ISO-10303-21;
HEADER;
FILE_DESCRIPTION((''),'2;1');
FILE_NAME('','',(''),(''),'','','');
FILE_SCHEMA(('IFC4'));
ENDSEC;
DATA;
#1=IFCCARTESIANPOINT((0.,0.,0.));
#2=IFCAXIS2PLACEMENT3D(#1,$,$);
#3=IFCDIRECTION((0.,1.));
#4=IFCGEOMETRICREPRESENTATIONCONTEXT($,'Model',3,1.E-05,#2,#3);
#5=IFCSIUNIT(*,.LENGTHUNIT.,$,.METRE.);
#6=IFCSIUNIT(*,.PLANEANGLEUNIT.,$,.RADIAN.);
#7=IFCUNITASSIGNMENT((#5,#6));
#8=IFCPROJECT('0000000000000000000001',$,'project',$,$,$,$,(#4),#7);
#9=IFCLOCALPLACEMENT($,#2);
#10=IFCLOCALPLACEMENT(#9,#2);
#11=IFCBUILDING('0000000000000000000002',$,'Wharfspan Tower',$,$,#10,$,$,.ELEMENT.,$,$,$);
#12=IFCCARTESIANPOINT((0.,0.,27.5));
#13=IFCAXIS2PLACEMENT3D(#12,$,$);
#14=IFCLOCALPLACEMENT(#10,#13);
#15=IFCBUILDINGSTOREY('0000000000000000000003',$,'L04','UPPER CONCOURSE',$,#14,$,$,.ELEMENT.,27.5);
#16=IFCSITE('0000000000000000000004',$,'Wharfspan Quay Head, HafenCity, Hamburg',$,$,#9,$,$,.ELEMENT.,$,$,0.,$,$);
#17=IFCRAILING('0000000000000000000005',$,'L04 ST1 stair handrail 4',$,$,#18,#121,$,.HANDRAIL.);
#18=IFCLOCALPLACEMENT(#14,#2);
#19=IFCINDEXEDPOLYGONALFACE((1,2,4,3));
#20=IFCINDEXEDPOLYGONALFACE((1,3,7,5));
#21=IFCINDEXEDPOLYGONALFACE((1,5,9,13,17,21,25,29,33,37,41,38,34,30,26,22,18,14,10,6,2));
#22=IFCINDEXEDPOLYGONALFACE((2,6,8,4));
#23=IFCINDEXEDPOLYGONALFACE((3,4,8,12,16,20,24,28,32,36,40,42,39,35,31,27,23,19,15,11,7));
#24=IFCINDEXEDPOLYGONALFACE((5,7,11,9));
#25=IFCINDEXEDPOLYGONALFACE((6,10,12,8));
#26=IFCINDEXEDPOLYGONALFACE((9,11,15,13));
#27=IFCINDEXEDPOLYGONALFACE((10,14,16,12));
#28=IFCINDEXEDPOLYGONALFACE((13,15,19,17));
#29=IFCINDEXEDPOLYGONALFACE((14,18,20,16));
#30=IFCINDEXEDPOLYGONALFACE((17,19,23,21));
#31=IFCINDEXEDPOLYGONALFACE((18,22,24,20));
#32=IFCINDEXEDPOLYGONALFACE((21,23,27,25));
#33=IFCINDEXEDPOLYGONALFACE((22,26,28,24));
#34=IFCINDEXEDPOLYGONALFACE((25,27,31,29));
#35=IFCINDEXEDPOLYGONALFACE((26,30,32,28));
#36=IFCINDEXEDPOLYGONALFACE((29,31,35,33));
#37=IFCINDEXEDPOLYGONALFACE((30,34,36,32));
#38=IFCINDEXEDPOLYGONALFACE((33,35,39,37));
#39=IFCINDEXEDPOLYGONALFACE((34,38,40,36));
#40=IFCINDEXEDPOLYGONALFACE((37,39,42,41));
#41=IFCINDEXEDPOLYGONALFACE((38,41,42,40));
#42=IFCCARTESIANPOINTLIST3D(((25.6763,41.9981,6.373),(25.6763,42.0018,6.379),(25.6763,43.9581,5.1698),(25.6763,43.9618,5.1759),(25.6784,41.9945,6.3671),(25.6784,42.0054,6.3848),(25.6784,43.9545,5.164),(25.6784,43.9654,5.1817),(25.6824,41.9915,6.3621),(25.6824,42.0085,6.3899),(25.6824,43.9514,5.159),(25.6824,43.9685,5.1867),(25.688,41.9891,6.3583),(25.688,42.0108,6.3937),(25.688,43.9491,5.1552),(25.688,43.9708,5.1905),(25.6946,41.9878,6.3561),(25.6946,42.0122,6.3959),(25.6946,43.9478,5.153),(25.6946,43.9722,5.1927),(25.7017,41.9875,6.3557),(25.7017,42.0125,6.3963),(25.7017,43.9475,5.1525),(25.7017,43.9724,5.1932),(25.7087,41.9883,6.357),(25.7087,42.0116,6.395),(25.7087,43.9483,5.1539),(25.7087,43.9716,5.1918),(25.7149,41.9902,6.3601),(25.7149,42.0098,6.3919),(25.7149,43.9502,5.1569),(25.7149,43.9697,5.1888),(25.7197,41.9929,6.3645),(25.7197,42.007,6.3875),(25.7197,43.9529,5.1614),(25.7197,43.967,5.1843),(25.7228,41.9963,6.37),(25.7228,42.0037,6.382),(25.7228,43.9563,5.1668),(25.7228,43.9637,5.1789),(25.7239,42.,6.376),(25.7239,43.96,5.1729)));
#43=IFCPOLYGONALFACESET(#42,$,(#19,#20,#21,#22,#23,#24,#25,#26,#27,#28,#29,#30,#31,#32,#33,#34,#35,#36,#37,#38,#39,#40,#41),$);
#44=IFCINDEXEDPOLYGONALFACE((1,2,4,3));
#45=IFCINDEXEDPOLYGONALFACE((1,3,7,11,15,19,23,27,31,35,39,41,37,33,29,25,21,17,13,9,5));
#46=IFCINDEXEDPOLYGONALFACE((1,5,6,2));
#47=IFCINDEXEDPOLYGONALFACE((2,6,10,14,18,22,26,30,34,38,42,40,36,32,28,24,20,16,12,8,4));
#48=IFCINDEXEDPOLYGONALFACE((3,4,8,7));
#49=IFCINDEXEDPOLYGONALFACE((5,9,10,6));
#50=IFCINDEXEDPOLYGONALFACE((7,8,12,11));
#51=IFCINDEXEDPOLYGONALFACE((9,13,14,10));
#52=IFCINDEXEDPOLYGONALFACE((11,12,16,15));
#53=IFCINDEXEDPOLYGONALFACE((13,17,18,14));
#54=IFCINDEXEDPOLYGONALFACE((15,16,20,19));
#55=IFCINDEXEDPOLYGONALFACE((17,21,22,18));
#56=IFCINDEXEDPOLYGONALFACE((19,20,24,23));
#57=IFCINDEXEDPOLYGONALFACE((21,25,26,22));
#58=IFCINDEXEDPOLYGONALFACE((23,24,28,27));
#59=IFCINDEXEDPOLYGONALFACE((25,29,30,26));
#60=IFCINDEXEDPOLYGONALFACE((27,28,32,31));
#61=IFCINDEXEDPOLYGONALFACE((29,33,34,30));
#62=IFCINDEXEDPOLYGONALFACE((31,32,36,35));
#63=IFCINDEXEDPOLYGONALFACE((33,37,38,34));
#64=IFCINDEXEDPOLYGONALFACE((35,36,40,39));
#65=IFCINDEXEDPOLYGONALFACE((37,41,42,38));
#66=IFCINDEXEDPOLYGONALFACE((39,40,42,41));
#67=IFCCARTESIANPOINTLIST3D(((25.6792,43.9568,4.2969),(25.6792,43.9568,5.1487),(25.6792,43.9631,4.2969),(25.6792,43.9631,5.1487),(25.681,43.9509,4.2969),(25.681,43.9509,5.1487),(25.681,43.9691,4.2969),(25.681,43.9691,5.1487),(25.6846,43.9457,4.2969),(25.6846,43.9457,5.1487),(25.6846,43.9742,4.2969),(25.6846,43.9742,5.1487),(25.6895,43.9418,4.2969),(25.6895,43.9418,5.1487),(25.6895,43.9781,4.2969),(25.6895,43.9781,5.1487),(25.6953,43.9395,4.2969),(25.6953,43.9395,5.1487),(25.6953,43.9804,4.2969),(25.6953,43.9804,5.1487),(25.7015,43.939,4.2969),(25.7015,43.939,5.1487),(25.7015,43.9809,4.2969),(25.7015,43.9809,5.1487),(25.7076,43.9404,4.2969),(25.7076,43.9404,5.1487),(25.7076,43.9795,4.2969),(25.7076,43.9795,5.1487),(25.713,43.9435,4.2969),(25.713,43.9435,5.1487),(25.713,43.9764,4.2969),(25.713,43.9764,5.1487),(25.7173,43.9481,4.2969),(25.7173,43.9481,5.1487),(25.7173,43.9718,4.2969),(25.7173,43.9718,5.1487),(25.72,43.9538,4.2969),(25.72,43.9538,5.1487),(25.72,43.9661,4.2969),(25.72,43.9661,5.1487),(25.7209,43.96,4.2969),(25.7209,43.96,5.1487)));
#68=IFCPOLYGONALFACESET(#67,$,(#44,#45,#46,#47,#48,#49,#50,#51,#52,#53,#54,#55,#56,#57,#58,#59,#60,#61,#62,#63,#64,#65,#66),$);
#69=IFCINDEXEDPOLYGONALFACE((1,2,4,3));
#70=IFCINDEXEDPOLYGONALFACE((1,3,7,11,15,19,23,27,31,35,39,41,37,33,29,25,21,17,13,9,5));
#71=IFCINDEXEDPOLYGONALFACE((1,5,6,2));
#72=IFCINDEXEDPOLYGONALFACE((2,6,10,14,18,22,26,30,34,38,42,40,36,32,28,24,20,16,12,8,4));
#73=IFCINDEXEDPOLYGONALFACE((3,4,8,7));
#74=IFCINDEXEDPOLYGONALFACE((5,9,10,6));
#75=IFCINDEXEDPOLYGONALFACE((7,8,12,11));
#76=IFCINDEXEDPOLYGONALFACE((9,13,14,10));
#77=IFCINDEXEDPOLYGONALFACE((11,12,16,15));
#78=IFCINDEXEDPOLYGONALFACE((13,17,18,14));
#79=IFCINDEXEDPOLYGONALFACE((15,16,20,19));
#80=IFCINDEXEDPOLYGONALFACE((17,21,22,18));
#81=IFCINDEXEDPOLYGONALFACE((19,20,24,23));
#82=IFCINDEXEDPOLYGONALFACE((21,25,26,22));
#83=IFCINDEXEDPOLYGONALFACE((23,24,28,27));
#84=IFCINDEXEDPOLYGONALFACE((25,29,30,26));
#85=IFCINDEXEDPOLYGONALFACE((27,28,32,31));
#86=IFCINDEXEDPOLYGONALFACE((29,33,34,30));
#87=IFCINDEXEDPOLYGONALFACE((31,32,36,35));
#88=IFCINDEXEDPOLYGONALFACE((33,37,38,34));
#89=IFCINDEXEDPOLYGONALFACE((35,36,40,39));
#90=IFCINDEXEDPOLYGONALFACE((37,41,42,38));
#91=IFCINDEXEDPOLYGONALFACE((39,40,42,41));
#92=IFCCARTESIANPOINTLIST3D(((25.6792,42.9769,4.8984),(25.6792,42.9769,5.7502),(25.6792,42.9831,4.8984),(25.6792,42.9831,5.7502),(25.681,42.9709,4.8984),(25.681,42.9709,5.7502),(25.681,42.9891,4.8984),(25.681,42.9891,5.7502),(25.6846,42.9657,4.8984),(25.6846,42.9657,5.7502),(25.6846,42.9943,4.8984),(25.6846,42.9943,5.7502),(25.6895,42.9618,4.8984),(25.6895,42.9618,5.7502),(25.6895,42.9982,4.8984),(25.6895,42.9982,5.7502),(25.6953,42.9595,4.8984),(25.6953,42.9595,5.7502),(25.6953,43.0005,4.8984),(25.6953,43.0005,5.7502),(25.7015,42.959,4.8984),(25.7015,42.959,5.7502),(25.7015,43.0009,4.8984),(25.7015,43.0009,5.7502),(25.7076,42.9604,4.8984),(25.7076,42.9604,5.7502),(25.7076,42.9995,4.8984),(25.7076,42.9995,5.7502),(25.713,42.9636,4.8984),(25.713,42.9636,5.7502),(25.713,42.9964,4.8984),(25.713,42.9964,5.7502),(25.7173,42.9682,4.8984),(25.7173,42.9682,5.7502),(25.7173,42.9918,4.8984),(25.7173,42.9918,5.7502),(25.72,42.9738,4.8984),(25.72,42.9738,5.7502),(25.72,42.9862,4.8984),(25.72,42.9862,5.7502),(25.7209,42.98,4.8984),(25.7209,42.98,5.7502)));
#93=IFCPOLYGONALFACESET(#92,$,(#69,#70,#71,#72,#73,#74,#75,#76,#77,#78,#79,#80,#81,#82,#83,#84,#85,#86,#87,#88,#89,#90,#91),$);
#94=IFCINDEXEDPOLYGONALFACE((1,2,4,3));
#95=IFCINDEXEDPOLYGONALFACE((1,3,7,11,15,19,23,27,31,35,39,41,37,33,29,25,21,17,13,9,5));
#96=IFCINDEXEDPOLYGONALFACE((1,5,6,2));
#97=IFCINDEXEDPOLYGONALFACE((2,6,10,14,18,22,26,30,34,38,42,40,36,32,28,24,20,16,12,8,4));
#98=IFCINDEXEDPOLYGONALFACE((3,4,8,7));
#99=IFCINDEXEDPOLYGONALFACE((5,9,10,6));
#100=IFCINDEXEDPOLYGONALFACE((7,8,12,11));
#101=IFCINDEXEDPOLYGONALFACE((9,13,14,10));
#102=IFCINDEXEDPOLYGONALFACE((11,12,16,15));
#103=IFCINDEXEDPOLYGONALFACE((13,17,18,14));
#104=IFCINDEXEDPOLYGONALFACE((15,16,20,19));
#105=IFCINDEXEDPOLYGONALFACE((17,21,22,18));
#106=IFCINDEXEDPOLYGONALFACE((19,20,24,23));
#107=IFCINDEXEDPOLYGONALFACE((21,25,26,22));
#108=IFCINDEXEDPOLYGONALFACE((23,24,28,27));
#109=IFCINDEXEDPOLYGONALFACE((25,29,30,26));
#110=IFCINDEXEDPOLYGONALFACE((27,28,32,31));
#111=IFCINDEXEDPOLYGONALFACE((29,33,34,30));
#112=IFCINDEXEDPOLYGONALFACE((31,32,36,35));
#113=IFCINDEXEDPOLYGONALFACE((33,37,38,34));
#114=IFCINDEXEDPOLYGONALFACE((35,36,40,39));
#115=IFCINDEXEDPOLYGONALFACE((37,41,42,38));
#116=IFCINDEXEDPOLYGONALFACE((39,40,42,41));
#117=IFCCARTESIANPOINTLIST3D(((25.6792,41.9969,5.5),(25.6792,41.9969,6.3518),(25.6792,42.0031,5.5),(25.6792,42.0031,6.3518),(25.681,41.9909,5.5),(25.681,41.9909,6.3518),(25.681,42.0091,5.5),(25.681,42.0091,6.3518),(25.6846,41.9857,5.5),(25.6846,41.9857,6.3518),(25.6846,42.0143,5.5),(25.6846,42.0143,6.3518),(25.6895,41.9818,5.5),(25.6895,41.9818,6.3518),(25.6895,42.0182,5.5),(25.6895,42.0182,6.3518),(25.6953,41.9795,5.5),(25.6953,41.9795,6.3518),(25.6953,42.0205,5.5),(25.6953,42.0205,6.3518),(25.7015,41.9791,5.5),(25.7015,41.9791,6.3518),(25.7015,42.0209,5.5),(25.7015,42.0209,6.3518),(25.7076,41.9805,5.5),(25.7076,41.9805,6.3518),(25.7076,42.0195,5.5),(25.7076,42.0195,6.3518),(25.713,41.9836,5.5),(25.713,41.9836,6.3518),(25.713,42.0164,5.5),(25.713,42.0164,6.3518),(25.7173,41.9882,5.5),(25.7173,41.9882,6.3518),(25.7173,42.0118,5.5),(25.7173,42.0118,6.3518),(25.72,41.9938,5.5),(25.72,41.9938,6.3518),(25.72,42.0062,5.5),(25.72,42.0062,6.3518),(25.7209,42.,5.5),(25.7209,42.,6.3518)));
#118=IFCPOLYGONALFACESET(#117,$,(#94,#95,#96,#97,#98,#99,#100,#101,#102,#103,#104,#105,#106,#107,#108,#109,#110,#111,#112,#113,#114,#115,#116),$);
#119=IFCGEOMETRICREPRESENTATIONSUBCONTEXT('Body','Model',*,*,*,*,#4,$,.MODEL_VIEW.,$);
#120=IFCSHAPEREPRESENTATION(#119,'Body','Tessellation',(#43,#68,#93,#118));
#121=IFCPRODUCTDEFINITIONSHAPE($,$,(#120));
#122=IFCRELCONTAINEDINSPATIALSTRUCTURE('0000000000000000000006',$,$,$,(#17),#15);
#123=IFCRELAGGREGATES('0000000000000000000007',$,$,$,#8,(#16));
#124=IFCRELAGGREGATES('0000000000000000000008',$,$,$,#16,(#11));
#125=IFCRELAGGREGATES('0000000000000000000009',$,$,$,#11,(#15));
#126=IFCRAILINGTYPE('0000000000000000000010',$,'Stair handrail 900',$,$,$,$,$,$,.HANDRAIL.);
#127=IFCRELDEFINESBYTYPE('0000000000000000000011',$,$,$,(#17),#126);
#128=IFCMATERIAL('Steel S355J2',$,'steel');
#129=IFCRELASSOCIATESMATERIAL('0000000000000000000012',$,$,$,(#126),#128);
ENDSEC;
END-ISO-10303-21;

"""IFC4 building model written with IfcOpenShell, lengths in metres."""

from ifc_helpers import new_model, si_unit, direction, frame, origin, origin_2d, place, context, subcontext, project, spatial, circle, extrude, material, type_object, element, save


model = new_model("IFC4")

# Units and contexts
model_context = context("Model", 3, precision=1e-05, world=origin(), true_north=direction((0.0, 1.0)))
body_context = subcontext(model_context, "Body", "Model", "MODEL_VIEW")
ifc_project = project(units=[si_unit("LENGTHUNIT", "METRE"), si_unit("PLANEANGLEUNIT", "RADIAN")], contexts=[model_context])

# Site, building, storey
site_placement = place(None, origin())
site = spatial("IfcSite", under=ifc_project, at=site_placement, Name="Wharfspan Quay Head, HafenCity, Hamburg", CompositionType="ELEMENT", RefElevation=0.0)
building_placement = place(site_placement, origin())
building = spatial("IfcBuilding", under=site, at=building_placement, Name="Wharfspan Tower", CompositionType="ELEMENT")
storey_placement = place(building_placement, frame((0.0, 0.0, 27.5)))
storey = spatial("IfcBuildingStorey", under=building, at=storey_placement, Name="L04", Description="UPPER CONCOURSE", CompositionType="ELEMENT", Elevation=27.5)

# Railing
ifc_material_1 = material(Name="Steel S355J2", Category="steel")
railing_type = type_object("IfcRailingType", Name="Stair handrail 900", PredefinedType="HANDRAIL", material=ifc_material_1)
railing_1_placement = place(storey_placement, frame((25.7, 43.96, 4.2969)))
element("IfcRailing", 1, at=railing_1_placement, inside=storey, type_object=railing_type, Name="L04 ST1 stair handrail 4", PredefinedType="HANDRAIL", context=body_context, shape_type="SweptSolid", body=[
    extrude(circle(Radius=0.0239, at=origin_2d()), frame((0.0, 0.0, 0.876), z_axis=(0.0, -0.852241, 0.523149), x_axis=(1.0, 0.0, 0.0)), (0.0, 0.0, 1.0), 2.2998),
    extrude(circle(Radius=0.021, at=origin_2d()), origin(), (0.0, 0.0, 1.0), 0.8518),
    extrude(circle(Radius=0.021, at=origin_2d()), frame((0.0, -0.98, 0.6016)), (0.0, 0.0, 1.0), 0.8518),
    extrude(circle(Radius=0.021, at=origin_2d()), frame((0.0, -1.96, 1.2031)), (0.0, 0.0, 1.0), 0.8518),
])

save(model, "model.ifc")
